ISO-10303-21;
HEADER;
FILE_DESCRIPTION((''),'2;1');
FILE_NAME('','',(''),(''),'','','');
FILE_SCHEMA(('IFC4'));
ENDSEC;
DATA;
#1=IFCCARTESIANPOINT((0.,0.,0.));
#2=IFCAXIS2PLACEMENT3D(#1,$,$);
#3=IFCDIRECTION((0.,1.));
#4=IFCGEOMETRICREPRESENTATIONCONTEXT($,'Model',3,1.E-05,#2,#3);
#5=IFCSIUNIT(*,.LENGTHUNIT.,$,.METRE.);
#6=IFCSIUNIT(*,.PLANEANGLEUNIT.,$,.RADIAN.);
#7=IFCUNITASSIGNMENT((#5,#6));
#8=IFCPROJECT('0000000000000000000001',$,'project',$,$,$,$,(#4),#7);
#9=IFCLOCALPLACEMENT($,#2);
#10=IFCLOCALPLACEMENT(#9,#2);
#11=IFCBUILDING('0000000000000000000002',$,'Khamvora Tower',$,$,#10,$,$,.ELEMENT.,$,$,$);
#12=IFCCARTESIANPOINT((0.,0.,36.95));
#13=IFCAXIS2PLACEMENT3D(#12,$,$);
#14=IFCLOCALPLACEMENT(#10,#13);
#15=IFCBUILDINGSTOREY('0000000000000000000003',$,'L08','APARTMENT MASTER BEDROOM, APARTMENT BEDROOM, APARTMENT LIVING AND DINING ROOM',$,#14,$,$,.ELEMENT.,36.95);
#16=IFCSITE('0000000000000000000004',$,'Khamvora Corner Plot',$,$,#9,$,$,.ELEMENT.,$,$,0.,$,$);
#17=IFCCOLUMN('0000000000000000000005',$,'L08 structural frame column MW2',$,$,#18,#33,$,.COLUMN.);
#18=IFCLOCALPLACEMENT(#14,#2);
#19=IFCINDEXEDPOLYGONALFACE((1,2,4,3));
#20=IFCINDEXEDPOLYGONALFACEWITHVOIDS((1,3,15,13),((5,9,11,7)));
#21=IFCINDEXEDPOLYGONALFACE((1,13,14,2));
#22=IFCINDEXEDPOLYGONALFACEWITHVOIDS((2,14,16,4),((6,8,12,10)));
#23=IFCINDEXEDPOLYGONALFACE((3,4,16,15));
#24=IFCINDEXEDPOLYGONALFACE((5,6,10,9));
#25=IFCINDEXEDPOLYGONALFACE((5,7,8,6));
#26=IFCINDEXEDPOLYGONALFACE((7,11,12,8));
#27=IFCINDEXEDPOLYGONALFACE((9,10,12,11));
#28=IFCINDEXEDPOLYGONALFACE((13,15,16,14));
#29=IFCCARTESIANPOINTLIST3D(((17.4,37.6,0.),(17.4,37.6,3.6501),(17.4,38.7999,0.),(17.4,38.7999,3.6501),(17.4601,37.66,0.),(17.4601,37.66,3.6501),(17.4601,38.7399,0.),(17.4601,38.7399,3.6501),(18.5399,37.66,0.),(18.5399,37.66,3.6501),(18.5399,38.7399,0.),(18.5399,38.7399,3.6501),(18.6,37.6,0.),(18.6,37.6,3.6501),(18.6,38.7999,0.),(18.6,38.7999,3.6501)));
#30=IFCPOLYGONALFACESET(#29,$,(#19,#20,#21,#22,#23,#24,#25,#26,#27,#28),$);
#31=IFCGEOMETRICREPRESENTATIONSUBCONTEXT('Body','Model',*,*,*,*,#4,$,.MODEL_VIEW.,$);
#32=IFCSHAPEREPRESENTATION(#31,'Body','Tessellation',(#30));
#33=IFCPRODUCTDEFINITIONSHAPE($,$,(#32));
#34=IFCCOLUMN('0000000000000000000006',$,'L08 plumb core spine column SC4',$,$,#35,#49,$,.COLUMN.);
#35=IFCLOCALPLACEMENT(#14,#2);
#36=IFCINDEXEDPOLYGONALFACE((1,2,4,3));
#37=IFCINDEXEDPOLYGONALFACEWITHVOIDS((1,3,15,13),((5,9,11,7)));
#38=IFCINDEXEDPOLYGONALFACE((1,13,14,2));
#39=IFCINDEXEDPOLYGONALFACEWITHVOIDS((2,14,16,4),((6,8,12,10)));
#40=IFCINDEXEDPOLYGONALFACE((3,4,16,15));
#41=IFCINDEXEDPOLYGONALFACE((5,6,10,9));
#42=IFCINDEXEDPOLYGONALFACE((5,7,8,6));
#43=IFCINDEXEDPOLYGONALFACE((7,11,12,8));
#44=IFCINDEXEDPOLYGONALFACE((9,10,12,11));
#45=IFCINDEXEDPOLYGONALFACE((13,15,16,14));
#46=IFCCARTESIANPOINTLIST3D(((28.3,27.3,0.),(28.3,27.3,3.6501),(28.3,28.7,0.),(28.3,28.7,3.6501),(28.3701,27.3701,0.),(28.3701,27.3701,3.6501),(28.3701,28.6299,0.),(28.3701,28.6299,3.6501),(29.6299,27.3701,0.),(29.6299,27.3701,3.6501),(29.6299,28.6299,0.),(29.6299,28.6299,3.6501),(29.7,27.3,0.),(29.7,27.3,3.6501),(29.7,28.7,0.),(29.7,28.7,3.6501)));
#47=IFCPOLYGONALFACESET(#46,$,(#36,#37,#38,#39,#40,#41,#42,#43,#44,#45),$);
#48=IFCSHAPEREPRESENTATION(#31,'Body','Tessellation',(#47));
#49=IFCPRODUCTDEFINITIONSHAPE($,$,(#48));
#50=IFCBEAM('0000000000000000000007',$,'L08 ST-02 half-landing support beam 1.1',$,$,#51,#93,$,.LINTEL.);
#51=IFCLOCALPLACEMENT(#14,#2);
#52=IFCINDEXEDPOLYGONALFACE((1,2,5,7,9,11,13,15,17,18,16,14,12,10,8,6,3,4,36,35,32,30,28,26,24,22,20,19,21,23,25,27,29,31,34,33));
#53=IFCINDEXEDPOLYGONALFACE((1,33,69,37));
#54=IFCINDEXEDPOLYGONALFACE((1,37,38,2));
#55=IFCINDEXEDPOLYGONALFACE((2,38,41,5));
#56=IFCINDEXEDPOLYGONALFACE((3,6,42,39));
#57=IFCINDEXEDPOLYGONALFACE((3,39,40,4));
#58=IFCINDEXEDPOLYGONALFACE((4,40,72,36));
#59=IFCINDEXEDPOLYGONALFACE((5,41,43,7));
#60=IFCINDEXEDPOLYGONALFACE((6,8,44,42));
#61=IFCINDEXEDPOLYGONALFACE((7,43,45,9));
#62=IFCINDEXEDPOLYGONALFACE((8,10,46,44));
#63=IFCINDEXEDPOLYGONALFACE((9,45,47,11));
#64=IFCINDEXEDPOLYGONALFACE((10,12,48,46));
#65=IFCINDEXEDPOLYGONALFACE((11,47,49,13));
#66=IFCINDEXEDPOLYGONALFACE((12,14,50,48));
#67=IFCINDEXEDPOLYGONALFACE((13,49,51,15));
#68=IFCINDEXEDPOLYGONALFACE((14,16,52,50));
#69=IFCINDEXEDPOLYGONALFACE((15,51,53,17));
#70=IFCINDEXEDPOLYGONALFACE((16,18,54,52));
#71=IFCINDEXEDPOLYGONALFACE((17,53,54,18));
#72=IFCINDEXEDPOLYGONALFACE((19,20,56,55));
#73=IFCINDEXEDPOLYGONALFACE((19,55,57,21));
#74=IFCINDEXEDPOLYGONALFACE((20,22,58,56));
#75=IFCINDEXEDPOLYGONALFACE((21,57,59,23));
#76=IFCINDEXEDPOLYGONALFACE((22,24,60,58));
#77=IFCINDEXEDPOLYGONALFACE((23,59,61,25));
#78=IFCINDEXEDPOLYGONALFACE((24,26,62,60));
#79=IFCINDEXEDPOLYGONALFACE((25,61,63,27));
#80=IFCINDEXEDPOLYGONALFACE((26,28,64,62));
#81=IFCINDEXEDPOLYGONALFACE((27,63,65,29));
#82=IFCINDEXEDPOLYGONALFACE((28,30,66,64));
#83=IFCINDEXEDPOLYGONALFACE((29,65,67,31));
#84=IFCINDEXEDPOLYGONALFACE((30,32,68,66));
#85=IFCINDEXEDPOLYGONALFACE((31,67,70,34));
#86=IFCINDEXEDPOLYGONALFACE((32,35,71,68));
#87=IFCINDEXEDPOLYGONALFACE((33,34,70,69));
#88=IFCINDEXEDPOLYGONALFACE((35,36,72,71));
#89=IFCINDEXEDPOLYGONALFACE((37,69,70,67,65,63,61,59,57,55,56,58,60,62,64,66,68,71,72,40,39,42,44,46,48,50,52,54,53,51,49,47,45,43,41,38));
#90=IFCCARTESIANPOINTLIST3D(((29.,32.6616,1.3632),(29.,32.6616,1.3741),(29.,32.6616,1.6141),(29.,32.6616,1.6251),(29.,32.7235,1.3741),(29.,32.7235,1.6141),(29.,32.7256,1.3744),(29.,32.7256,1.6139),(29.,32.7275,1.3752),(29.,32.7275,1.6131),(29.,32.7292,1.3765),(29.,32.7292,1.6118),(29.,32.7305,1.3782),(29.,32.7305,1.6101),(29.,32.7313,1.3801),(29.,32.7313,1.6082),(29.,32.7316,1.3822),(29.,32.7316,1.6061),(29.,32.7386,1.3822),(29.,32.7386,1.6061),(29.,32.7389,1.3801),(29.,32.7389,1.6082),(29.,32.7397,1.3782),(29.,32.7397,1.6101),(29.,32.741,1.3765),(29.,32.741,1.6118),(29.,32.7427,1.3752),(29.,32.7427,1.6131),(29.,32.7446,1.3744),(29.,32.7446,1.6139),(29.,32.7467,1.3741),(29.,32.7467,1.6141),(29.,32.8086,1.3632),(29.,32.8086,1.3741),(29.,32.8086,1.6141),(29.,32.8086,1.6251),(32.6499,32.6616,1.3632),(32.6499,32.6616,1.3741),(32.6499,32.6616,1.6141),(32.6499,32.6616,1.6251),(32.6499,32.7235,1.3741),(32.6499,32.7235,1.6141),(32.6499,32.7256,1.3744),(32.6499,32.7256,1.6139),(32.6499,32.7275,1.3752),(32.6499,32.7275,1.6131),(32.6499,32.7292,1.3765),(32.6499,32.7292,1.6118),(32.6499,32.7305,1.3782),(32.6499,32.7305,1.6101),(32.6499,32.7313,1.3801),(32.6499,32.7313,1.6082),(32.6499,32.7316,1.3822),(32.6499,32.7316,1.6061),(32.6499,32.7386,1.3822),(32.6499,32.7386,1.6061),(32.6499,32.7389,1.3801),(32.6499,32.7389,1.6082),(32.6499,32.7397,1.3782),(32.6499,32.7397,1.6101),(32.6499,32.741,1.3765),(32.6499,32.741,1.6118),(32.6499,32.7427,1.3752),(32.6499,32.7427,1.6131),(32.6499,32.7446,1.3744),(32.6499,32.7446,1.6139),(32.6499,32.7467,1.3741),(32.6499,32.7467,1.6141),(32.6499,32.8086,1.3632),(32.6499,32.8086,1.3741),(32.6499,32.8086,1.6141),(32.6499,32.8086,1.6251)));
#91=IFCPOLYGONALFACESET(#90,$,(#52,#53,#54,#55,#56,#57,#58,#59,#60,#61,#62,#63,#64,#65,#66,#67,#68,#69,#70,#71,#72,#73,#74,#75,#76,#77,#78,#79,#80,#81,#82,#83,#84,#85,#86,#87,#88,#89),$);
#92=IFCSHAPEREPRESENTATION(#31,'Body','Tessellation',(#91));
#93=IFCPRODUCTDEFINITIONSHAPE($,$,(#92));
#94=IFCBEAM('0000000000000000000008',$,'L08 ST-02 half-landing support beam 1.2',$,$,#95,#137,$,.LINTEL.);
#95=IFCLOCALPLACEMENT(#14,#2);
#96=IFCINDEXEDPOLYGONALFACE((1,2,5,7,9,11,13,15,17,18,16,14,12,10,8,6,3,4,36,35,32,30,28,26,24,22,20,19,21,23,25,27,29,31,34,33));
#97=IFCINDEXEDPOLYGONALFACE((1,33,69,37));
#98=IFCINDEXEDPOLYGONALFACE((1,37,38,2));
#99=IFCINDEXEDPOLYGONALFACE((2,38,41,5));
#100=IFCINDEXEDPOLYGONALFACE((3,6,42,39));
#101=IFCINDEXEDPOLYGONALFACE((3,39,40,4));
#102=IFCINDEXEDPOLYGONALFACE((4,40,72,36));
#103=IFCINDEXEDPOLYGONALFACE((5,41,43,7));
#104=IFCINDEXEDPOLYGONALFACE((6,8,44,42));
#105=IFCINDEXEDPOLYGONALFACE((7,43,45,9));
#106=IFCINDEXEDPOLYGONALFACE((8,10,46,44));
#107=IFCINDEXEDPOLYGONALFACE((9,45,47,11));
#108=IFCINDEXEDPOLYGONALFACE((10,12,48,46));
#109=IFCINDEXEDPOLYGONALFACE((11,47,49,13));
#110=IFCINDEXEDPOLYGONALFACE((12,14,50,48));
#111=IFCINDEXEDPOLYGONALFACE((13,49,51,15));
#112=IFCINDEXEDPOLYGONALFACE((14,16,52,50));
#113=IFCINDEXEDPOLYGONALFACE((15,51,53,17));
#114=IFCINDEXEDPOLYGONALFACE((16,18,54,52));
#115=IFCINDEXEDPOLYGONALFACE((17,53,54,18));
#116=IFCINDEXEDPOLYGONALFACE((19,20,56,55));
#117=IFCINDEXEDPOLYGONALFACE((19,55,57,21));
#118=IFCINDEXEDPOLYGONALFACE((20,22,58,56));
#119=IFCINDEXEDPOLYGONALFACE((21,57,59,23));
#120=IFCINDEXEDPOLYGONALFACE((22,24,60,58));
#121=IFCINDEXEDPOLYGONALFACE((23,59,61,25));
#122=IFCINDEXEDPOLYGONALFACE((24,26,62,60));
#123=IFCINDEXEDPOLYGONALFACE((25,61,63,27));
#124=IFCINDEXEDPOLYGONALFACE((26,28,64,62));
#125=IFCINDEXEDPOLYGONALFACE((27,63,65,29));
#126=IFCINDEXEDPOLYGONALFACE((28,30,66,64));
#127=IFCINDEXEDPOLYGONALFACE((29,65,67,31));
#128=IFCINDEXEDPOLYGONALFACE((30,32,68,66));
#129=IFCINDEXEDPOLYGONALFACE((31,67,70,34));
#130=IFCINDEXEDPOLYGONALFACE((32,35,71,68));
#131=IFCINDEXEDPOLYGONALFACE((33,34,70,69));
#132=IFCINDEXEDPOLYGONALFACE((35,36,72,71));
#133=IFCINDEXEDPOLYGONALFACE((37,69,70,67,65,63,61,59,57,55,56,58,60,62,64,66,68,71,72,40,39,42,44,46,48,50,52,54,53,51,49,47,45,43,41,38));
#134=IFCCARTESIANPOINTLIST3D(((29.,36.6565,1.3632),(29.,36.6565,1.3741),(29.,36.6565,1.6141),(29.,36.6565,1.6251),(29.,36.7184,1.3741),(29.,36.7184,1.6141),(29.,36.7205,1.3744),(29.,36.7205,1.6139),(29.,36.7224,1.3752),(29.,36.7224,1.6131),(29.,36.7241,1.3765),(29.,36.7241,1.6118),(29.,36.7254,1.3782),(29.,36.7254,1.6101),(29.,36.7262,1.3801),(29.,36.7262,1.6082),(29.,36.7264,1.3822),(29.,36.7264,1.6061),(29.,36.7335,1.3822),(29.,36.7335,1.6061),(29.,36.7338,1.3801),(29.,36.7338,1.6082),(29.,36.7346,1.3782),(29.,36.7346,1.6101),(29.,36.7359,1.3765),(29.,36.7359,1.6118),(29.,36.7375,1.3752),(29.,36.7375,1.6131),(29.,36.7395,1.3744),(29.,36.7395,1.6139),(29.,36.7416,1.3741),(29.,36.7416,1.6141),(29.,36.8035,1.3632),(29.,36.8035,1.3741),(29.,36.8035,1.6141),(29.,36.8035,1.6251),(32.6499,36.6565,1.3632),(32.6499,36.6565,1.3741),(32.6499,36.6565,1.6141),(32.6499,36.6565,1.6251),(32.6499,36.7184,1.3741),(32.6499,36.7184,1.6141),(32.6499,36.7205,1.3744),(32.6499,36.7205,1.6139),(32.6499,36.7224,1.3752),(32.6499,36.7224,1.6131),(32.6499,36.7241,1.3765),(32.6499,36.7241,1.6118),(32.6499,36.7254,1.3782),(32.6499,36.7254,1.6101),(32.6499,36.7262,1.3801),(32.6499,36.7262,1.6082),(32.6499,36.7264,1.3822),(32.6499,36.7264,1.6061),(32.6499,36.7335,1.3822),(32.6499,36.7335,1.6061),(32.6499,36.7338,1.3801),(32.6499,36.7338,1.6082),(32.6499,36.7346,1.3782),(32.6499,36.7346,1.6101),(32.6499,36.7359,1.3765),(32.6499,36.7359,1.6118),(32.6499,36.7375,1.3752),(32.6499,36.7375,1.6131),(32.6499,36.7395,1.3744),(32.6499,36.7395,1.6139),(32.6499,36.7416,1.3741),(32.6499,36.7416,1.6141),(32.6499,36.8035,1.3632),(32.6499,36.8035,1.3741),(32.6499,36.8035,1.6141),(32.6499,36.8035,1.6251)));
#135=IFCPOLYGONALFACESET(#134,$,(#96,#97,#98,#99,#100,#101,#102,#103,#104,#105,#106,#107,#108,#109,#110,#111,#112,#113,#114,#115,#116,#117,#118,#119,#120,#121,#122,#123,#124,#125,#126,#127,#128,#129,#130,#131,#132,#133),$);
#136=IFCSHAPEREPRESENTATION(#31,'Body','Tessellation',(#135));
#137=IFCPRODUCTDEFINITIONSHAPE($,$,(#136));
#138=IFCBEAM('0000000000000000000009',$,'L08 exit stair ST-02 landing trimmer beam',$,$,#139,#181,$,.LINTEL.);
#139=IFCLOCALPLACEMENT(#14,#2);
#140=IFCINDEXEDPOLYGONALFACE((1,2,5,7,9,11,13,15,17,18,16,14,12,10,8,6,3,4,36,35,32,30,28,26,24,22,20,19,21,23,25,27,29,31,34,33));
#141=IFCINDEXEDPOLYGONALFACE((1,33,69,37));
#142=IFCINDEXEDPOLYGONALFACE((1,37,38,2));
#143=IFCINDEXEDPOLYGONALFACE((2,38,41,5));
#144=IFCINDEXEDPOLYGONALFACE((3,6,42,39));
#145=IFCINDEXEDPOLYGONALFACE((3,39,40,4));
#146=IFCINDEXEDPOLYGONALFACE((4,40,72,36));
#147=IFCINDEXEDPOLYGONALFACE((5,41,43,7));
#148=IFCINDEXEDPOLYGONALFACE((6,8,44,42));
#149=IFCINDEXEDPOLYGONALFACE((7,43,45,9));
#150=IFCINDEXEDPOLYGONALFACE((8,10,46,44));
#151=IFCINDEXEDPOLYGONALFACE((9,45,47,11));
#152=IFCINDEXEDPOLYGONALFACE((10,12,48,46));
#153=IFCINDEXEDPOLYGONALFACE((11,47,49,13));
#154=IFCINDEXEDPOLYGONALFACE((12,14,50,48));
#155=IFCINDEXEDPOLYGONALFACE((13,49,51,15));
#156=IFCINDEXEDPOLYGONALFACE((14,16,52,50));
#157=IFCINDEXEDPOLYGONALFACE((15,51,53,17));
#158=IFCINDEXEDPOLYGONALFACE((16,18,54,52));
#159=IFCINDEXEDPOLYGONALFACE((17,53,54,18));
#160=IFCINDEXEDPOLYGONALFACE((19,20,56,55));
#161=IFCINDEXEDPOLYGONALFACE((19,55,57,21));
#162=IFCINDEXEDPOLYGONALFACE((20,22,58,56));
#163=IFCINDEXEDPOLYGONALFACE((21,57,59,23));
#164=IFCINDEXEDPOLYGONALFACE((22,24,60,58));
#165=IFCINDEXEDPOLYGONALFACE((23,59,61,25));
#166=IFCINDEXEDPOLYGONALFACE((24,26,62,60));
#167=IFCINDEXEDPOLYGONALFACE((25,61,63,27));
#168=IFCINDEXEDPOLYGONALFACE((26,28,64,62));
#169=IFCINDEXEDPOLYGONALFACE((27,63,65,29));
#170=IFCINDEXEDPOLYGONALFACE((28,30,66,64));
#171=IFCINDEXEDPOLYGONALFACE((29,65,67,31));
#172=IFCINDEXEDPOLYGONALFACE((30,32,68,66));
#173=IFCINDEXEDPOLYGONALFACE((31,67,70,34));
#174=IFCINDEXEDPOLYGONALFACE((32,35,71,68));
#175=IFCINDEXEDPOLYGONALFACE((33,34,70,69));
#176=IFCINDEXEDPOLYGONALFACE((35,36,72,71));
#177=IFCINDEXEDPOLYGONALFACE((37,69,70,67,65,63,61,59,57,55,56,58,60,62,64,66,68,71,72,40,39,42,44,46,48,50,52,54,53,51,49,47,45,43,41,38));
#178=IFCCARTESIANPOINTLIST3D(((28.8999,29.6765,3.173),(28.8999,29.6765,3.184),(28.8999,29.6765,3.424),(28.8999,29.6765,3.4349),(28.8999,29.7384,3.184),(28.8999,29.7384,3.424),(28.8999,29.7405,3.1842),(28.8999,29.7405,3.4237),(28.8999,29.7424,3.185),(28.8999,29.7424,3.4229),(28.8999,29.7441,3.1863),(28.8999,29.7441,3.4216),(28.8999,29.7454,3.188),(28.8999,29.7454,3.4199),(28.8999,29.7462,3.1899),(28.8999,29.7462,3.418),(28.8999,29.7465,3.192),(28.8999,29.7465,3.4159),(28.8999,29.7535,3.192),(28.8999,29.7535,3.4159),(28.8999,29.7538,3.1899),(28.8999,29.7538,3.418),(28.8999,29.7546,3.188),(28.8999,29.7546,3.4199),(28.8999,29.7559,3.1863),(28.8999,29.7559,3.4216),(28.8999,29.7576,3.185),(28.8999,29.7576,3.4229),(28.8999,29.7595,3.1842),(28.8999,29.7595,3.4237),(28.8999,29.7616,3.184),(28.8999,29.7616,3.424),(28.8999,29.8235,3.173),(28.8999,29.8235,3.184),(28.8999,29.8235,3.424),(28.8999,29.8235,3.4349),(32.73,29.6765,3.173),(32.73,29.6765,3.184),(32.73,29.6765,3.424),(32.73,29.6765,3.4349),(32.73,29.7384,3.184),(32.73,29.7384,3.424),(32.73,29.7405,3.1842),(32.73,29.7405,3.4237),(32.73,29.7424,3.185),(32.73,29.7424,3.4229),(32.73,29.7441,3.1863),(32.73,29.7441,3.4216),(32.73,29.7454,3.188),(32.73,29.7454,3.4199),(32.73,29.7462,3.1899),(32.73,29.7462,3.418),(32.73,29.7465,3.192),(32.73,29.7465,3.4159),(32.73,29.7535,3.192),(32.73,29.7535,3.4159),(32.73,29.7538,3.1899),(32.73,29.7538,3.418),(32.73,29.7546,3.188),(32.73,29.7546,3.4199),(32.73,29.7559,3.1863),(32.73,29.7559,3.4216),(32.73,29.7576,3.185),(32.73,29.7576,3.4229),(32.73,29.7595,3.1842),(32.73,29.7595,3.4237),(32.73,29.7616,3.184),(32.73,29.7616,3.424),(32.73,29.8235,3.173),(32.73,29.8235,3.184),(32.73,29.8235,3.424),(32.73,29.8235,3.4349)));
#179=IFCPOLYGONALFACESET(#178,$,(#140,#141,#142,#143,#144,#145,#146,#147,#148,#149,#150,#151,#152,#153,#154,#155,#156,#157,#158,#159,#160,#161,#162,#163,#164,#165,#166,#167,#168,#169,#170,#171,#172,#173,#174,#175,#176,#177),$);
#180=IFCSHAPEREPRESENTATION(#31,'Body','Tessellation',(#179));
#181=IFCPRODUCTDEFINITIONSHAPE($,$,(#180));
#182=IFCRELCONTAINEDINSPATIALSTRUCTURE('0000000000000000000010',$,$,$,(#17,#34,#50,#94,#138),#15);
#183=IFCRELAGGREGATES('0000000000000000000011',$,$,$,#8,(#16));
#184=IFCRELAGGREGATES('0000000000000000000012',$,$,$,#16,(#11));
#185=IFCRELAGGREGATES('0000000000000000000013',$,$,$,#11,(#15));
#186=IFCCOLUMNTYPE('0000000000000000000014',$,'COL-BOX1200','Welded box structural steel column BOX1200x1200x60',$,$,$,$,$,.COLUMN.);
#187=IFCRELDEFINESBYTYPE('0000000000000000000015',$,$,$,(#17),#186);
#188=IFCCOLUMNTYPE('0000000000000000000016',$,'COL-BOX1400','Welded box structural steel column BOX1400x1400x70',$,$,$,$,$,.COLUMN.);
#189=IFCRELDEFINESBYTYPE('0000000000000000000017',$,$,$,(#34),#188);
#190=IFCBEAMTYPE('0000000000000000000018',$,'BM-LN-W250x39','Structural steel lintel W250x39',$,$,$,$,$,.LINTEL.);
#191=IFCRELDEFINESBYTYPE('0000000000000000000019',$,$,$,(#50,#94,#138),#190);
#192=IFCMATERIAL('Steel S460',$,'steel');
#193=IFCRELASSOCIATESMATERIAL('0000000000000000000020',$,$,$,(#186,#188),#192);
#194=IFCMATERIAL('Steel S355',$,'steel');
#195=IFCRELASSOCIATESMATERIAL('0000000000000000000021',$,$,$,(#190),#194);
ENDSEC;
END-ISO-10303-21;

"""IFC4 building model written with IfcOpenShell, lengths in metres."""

from ifc_helpers import new_model, si_unit, direction, frame, origin, origin_2d, place, context, subcontext, project, spatial, hollow_rectangle, i_section, extrude, material, material_profile, profile_set, type_object, element, save


model = new_model("IFC4")

# Units and contexts
model_context = context("Model", 3, precision=1e-05, world=origin(), true_north=direction((0.0, 1.0)))
body_context = subcontext(model_context, "Body", "Model", "MODEL_VIEW")
ifc_project = project(units=[si_unit("LENGTHUNIT", "METRE"), si_unit("PLANEANGLEUNIT", "RADIAN")], contexts=[model_context])

# Site, building, storey
site_placement = place(None, origin())
site = spatial("IfcSite", under=ifc_project, at=site_placement, Name="Khamvora Corner Plot", CompositionType="ELEMENT", RefElevation=0.0)
building_placement = place(site_placement, origin())
building = spatial("IfcBuilding", under=site, at=building_placement, Name="Khamvora Tower", CompositionType="ELEMENT")
storey_placement = place(building_placement, frame((0.0, 0.0, 36.95)))
storey = spatial("IfcBuildingStorey", under=building, at=storey_placement, Name="L08", Description="APARTMENT MASTER BEDROOM, APARTMENT BEDROOM, APARTMENT LIVING AND DINING ROOM", CompositionType="ELEMENT", Elevation=36.95)

# Columns
ifc_material_1 = material(Name="Steel S460", Category="steel")
ifc_material_profile_1 = material_profile(ifc_material_1, hollow_rectangle(XDim=1.2, YDim=1.2, WallThickness=0.0601, at=origin_2d()), Name="BOX1200x1200x60")
ifc_profile_set_1 = profile_set([ifc_material_profile_1], Name="Steel S460")
column_type_1 = type_object("IfcColumnType", Name="COL-BOX1200", Description="Welded box structural steel column BOX1200x1200x60", PredefinedType="COLUMN", material=ifc_profile_set_1)
column_1_placement = place(storey_placement, frame((18.0, 38.2, 0.0), z_axis=(0.0, 0.0, 1.0), x_axis=(1.0, 0.0, 0.0)))
element("IfcColumn", 1, at=column_1_placement, inside=storey, type_object=column_type_1, Name="L08 structural frame column MW2", PredefinedType="COLUMN", context=body_context, shape_type="SweptSolid", body=[
    extrude(hollow_rectangle(XDim=1.2, YDim=1.2, WallThickness=0.0601, at=origin_2d()), origin(), (0.0, 0.0, 1.0), 3.6501),
])
ifc_material_profile_2 = material_profile(ifc_material_1, hollow_rectangle(XDim=1.3999, YDim=1.3999, WallThickness=0.0701, at=origin_2d()), Name="BOX1400x1400x70")
ifc_profile_set_2 = profile_set([ifc_material_profile_2], Name="Steel S460")
column_type_2 = type_object("IfcColumnType", Name="COL-BOX1400", Description="Welded box structural steel column BOX1400x1400x70", PredefinedType="COLUMN", material=ifc_profile_set_2)
column_2_placement = place(storey_placement, frame((29.0, 28.0, 0.0), z_axis=(0.0, 0.0, 1.0), x_axis=(1.0, 0.0, 0.0)))
element("IfcColumn", 2, at=column_2_placement, inside=storey, type_object=column_type_2, Name="L08 plumb core spine column SC4", PredefinedType="COLUMN", context=body_context, shape_type="SweptSolid", body=[
    extrude(hollow_rectangle(XDim=1.3999, YDim=1.3999, WallThickness=0.0701, at=origin_2d()), origin(), (0.0, 0.0, 1.0), 3.6501),
])

# Beams
ifc_material_2 = material(Name="Steel S355", Category="steel")
ifc_material_profile_3 = material_profile(ifc_material_2, i_section(OverallWidth=0.147, OverallDepth=0.262, WebThickness=0.0071, FlangeThickness=0.011, FilletRadius=0.0081, at=origin_2d()), Name="W250x39")
ifc_profile_set_3 = profile_set([ifc_material_profile_3], Name="Steel S355")
beam_type_1 = type_object("IfcBeamType", Name="BM-LN-W250x39", Description="Structural steel lintel W250x39", PredefinedType="LINTEL", material=ifc_profile_set_3)
for number, where, z_axis, x_axis, name in (
    (3, (29.0, 32.7351, 1.4941), (1.0, 0.0, 0.0), (0.0, 1.0, 0.0), "L08 ST-02 half-landing support beam 1.1"),
    (4, (29.0, 36.73, 1.4941), (1.0, 0.0, 0.0), (0.0, 1.0, 0.0), "L08 ST-02 half-landing support beam 1.2"),
):
    element("IfcBeam", number, at=place(storey_placement, frame(where, z_axis=z_axis, x_axis=x_axis)), inside=storey, type_object=beam_type_1, Name=name, PredefinedType="LINTEL", context=body_context, shape_type="SweptSolid", body=[
        extrude(i_section(OverallWidth=0.147, OverallDepth=0.262, WebThickness=0.0071, FlangeThickness=0.011, FilletRadius=0.0081, at=origin_2d()), origin(), (0.0, 0.0, 1.0), 3.6499),
    ])
beam_1_placement = place(storey_placement, frame((28.8999, 29.75, 3.304), z_axis=(1.0, 0.0, 0.0), x_axis=(0.0, 1.0, 0.0)))
element("IfcBeam", 5, at=beam_1_placement, inside=storey, type_object=beam_type_1, Name="L08 exit stair ST-02 landing trimmer beam", PredefinedType="LINTEL", context=body_context, shape_type="SweptSolid", body=[
    extrude(i_section(OverallWidth=0.147, OverallDepth=0.262, WebThickness=0.0071, FlangeThickness=0.011, FilletRadius=0.0081, at=origin_2d()), origin(), (0.0, 0.0, 1.0), 3.8301),
])

save(model, "model.ifc")
